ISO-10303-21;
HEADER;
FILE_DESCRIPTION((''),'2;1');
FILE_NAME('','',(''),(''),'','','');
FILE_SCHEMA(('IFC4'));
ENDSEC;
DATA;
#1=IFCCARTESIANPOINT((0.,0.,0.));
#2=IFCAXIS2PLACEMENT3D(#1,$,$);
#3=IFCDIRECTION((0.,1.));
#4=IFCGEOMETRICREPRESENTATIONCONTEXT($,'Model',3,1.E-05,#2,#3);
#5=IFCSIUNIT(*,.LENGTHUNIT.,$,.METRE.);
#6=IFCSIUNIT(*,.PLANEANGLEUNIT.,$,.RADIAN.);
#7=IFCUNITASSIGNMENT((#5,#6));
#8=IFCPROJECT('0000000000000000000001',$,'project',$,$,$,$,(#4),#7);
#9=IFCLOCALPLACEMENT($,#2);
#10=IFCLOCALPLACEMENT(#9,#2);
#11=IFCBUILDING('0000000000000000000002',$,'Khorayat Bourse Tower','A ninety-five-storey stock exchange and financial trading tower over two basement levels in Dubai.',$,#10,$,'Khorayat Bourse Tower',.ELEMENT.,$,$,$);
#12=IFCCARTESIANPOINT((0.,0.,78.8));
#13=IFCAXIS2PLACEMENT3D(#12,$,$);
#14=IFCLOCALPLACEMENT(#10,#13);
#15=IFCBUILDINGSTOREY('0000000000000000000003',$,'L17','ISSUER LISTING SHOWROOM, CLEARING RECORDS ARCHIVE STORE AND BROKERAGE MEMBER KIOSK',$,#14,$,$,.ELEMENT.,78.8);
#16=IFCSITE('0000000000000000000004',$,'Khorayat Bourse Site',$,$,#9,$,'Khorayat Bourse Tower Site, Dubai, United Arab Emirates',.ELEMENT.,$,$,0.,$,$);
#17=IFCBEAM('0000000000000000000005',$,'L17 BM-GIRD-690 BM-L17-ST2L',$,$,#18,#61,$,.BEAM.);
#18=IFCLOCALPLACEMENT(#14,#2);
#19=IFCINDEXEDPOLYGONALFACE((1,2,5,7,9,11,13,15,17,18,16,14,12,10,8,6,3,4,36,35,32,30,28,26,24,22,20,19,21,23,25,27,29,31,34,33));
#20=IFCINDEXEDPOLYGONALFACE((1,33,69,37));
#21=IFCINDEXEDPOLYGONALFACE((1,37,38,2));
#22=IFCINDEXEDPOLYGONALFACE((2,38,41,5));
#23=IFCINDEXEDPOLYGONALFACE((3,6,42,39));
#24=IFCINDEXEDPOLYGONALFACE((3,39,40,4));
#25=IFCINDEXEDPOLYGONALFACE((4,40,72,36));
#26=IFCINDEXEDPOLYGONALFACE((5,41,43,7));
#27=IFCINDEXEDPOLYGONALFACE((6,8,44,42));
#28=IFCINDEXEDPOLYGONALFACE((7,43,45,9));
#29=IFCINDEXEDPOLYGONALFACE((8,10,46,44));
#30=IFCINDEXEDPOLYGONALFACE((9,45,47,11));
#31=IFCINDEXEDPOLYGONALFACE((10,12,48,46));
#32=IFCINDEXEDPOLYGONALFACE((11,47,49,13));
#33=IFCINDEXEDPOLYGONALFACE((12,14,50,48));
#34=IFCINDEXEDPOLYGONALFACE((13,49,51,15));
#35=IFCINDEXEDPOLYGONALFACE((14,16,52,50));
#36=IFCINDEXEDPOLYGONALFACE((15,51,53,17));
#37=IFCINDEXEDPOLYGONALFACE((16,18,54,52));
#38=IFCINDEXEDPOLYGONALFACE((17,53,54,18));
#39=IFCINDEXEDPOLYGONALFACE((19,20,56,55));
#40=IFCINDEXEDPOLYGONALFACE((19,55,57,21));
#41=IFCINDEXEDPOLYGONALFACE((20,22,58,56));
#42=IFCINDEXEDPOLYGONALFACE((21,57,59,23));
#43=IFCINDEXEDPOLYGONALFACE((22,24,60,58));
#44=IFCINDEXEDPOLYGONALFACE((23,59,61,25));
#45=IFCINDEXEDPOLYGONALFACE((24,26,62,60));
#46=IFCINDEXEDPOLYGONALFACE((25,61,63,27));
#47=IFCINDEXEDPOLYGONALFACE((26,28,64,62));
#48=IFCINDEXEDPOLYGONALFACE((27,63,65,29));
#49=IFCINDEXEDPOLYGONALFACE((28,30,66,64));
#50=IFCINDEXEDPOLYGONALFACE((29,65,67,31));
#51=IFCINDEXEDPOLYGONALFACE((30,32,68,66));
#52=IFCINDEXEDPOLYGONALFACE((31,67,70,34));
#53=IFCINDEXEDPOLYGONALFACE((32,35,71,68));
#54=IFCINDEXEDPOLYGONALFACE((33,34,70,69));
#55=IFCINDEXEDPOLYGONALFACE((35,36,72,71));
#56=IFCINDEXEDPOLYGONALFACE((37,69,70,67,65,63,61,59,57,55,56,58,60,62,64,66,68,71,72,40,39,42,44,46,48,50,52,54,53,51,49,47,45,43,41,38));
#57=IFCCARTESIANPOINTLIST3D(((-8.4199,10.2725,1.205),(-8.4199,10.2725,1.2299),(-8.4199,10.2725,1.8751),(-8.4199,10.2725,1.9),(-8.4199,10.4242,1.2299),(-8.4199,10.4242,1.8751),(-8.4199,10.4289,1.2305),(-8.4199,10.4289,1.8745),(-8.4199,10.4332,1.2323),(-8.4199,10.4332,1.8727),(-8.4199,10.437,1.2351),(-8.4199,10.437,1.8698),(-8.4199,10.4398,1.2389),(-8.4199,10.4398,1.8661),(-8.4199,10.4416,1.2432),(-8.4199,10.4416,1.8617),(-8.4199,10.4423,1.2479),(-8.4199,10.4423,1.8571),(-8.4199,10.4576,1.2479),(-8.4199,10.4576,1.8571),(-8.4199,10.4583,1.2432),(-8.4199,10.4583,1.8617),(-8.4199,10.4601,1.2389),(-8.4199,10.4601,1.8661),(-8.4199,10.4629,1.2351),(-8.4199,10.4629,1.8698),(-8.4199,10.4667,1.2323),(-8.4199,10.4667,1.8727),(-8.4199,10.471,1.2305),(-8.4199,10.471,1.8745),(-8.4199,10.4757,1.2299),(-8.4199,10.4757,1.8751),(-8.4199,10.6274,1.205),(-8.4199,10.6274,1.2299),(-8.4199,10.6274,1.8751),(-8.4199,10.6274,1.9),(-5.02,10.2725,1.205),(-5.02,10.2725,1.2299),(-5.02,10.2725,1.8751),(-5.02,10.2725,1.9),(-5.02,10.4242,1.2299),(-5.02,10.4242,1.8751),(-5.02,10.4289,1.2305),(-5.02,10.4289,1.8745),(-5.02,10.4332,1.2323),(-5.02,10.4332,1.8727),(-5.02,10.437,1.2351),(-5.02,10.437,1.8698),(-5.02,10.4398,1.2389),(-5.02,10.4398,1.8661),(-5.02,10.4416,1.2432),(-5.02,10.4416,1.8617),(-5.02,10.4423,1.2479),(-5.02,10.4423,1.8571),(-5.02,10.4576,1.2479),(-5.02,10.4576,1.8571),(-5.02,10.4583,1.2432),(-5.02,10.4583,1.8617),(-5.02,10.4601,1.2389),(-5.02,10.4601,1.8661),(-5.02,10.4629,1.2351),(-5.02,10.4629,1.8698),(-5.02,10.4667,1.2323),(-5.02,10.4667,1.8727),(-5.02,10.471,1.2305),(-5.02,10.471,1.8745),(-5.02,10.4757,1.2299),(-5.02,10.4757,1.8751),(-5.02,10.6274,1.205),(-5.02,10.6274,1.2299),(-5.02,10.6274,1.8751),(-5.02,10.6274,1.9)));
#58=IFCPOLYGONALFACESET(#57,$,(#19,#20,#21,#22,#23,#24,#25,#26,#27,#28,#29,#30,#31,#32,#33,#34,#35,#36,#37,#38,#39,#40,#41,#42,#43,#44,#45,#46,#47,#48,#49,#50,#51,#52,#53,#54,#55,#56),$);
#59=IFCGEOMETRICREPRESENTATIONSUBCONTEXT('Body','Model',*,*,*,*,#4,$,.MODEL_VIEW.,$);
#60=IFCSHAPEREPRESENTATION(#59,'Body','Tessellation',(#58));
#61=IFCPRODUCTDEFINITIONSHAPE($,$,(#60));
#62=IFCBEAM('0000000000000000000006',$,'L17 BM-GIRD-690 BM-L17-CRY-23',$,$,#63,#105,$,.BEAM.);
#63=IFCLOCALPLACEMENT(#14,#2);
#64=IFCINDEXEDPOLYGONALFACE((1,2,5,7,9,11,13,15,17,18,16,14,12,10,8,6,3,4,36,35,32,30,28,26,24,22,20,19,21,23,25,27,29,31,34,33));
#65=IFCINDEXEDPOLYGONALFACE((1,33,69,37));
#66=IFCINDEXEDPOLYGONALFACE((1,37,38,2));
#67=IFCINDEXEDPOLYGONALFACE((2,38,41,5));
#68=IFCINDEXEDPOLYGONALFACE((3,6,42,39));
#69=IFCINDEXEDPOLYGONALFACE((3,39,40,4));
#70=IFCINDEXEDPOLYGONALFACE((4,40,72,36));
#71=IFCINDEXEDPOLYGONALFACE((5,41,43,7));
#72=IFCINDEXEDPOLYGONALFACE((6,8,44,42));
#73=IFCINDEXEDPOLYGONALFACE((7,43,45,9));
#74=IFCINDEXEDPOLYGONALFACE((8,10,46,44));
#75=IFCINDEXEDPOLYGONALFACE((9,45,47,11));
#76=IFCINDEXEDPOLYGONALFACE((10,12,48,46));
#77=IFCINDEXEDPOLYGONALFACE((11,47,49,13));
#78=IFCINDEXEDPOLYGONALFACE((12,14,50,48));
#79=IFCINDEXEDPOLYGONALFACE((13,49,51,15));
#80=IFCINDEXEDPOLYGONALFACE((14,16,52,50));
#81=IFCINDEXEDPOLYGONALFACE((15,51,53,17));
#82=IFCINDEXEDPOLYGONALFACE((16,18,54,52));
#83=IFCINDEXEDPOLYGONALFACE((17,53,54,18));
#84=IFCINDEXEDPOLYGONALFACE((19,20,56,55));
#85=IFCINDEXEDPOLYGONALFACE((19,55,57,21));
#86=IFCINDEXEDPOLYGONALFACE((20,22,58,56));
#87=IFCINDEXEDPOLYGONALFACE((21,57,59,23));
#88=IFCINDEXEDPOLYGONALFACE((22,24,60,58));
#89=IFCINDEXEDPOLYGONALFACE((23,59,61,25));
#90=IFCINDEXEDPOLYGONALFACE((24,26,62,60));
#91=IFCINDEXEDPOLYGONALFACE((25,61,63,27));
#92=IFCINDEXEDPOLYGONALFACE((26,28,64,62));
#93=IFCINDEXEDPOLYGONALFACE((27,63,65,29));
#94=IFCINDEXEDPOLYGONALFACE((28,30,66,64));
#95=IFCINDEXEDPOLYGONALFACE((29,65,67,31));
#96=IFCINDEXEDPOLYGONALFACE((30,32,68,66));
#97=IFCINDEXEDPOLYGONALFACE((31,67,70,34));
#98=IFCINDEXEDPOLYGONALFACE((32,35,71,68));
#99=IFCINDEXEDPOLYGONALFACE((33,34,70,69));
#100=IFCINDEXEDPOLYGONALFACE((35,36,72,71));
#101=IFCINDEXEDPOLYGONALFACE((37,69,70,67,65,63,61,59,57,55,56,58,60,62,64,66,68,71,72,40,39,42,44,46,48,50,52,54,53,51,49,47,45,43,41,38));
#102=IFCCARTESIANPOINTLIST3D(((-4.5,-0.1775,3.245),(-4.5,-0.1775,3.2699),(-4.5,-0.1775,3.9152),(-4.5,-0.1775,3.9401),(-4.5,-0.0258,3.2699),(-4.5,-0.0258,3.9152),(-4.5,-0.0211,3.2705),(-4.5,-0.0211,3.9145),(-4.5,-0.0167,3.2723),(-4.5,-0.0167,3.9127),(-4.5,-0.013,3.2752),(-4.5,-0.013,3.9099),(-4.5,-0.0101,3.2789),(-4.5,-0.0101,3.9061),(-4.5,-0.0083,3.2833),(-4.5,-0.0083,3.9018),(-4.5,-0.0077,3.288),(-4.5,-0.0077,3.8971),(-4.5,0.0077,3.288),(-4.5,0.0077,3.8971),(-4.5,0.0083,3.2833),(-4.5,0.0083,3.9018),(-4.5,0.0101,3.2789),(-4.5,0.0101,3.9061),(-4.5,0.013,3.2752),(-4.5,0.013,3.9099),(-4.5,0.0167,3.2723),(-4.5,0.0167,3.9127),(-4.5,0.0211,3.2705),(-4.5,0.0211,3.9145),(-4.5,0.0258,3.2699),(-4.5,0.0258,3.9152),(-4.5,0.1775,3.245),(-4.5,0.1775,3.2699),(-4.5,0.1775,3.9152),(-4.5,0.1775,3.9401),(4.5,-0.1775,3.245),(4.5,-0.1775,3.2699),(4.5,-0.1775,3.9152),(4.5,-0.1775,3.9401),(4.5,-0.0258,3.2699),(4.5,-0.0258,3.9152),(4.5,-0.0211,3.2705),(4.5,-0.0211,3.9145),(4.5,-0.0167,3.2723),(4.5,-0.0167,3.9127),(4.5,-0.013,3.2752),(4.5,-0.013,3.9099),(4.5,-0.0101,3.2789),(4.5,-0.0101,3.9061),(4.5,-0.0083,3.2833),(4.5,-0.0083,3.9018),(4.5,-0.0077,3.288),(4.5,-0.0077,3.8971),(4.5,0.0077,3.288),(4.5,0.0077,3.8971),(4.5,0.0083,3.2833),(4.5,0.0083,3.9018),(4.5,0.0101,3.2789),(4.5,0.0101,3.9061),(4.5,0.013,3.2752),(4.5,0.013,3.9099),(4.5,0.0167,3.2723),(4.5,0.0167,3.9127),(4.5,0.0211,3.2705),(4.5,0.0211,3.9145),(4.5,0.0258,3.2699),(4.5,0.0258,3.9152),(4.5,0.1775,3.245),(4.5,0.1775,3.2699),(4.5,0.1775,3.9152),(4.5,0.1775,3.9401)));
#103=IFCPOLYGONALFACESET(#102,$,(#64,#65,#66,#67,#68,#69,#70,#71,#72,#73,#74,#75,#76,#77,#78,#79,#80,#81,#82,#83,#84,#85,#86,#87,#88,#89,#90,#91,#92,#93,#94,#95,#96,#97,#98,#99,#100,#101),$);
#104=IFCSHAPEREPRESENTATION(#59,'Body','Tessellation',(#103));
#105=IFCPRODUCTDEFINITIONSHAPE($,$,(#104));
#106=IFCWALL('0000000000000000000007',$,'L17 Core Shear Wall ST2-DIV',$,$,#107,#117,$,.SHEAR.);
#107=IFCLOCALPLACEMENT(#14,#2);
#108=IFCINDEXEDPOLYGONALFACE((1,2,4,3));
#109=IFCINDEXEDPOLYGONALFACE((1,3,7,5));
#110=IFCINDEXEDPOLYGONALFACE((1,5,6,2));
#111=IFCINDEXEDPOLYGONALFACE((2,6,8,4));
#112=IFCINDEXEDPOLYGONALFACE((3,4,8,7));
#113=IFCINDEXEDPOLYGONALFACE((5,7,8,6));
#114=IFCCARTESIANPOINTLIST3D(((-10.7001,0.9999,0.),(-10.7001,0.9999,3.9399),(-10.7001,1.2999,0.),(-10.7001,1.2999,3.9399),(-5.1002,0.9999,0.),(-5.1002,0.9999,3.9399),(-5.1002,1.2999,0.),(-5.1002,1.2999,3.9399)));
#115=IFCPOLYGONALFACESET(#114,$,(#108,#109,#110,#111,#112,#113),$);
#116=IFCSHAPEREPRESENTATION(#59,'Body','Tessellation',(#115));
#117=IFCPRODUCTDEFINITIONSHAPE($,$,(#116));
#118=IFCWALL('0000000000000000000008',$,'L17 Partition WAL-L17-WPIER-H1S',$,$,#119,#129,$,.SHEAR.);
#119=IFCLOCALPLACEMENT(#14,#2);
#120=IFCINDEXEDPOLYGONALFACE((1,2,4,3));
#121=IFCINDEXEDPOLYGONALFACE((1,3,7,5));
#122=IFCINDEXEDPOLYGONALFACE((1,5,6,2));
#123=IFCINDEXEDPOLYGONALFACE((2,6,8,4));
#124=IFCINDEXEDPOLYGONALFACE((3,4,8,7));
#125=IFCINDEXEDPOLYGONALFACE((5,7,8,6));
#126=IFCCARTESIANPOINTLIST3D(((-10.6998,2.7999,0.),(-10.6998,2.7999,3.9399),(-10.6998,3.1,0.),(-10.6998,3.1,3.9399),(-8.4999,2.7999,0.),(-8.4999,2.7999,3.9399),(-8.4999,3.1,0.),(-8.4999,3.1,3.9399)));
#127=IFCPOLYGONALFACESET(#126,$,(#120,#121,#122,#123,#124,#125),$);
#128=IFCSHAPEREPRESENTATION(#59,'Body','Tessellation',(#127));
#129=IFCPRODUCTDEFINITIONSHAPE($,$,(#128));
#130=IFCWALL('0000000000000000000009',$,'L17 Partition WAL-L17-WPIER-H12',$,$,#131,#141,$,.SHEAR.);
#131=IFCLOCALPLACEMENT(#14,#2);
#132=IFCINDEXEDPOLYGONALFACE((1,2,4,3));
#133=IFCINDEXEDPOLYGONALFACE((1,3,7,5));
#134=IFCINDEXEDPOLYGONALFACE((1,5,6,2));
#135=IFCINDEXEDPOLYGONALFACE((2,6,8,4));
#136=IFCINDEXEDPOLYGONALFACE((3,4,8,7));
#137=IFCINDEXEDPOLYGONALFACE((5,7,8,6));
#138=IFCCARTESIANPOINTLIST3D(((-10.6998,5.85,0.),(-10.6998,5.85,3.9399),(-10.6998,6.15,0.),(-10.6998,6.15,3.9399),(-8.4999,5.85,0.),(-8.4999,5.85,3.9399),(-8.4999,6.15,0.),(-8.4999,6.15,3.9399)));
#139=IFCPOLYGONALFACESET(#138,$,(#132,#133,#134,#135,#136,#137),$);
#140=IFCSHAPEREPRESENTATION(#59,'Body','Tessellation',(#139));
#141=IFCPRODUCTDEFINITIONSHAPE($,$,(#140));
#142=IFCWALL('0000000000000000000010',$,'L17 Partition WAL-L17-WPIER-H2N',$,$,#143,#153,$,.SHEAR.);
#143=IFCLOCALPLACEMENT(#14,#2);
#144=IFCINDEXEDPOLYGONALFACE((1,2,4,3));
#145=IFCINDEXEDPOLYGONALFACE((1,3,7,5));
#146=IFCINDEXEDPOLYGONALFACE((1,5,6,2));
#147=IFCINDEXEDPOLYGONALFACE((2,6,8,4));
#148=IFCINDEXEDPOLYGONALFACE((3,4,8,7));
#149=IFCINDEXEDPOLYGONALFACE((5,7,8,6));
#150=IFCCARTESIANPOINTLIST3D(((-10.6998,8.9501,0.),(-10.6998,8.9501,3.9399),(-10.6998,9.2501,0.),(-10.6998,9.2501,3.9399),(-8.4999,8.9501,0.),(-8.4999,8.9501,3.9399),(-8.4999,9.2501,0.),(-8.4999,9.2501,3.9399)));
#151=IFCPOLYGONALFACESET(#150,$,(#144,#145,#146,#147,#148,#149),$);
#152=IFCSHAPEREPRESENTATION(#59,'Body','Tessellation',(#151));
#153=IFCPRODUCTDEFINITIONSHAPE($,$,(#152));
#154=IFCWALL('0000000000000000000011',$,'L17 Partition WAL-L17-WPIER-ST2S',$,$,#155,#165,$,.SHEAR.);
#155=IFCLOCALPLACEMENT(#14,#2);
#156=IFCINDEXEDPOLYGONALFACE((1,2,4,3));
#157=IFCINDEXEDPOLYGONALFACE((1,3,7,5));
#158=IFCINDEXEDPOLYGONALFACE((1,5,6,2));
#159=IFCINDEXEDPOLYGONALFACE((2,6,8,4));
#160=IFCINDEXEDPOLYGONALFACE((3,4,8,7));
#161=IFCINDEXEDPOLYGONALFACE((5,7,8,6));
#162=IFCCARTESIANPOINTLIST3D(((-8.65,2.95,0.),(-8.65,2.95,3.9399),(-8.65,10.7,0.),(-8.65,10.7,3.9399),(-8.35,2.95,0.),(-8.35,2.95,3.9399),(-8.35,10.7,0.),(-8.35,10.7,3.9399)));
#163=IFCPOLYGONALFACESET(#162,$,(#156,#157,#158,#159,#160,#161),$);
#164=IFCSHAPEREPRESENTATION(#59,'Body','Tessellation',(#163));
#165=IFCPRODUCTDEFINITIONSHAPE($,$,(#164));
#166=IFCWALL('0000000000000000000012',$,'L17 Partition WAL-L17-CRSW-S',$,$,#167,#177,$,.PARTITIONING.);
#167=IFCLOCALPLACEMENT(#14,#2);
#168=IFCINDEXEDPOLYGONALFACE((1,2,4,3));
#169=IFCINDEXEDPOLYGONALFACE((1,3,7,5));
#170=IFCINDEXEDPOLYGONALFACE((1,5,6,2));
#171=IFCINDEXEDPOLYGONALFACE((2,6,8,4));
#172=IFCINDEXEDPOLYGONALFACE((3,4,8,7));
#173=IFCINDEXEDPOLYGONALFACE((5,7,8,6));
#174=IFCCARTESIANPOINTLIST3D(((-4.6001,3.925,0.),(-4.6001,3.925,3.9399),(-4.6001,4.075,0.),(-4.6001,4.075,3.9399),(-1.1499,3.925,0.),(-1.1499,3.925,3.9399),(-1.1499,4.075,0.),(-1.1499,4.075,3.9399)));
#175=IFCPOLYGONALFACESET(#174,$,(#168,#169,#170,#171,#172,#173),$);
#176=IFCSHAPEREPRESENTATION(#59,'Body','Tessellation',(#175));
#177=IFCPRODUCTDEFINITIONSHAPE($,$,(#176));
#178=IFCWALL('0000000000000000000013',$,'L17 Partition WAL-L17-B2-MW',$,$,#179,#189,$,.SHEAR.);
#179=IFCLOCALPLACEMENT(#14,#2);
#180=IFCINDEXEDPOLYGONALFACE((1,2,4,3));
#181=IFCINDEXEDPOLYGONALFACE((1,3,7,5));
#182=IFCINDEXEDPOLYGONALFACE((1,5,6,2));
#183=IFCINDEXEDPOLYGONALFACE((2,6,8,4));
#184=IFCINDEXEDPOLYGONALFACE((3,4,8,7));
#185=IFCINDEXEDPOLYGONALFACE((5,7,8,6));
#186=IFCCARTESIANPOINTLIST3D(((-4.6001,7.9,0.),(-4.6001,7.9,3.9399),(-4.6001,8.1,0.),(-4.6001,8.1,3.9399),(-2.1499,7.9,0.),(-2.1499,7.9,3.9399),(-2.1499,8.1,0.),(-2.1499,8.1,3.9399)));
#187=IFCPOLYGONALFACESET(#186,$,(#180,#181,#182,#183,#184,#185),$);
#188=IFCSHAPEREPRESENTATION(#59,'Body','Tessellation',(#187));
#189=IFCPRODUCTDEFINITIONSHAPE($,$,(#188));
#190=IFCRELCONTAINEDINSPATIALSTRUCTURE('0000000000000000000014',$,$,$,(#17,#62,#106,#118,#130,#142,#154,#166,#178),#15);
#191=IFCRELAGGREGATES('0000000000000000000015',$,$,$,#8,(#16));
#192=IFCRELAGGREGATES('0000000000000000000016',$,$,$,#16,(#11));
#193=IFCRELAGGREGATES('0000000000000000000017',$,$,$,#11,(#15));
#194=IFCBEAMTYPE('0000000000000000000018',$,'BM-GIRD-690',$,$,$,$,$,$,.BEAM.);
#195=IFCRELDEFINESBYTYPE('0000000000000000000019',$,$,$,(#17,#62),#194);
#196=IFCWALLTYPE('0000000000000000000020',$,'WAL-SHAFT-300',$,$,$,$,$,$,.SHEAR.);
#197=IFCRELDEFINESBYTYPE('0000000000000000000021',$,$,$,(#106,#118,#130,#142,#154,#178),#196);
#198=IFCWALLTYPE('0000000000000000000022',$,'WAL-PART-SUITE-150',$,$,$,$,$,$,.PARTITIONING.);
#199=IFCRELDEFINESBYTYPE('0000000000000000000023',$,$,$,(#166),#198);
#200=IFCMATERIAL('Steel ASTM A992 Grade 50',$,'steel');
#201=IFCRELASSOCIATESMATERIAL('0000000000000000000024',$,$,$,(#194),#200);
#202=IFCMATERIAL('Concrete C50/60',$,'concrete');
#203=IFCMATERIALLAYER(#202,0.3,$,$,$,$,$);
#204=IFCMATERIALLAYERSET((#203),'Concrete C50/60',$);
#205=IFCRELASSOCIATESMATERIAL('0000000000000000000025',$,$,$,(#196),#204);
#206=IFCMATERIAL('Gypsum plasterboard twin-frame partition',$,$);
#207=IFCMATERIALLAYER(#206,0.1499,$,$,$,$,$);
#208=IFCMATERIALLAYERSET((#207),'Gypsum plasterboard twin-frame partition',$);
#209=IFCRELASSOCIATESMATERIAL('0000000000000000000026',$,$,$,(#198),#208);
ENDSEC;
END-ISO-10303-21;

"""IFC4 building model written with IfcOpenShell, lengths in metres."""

from ifc_helpers import new_model, si_unit, direction, frame, frame_2d, origin, origin_2d, place, context, subcontext, project, spatial, rectangle, i_section, extrude, source, transform, mapped, material, layer, layer_set, material_profile, profile_set, type_object, element, save


model = new_model("IFC4")

# Units and contexts
model_context = context("Model", 3, precision=1e-05, world=origin(), true_north=direction((0.0, 1.0)))
body_context = subcontext(model_context, "Body", "Model", "MODEL_VIEW")
ifc_project = project(units=[si_unit("LENGTHUNIT", "METRE"), si_unit("PLANEANGLEUNIT", "RADIAN")], contexts=[model_context])

# Site, building, storey
site_placement = place(None, origin())
site = spatial("IfcSite", under=ifc_project, at=site_placement, Name="Khorayat Bourse Site", LongName="Khorayat Bourse Tower Site, Dubai, United Arab Emirates", CompositionType="ELEMENT", RefElevation=0.0)
building_placement = place(site_placement, origin())
building = spatial("IfcBuilding", under=site, at=building_placement, Name="Khorayat Bourse Tower", Description="A ninety-five-storey stock exchange and financial trading tower over two basement levels in Dubai.", LongName="Khorayat Bourse Tower", CompositionType="ELEMENT")
storey_placement = place(building_placement, frame((0.0, 0.0, 78.8)))
storey = spatial("IfcBuildingStorey", under=building, at=storey_placement, Name="L17", Description="ISSUER LISTING SHOWROOM, CLEARING RECORDS ARCHIVE STORE AND BROKERAGE MEMBER KIOSK", CompositionType="ELEMENT", Elevation=78.8)

# Beams
ifc_material_1 = material(Name="Steel ASTM A992 Grade 50", Category="steel")
ifc_material_profile_1 = material_profile(ifc_material_1, i_section(OverallWidth=0.355, OverallDepth=0.6951, WebThickness=0.0154, FlangeThickness=0.0249, FilletRadius=0.0181, at=origin_2d()), Name="W690X217")
ifc_profile_set_1 = profile_set([ifc_material_profile_1], Name="Steel ASTM A992 Grade 50")
beam_type_1 = type_object("IfcBeamType", Name="BM-GIRD-690", PredefinedType="BEAM", material=ifc_profile_set_1)
shared_shape_1 = source(origin(), body_context, "Body", "SweptSolid", [
    extrude(i_section(OverallWidth=0.355, OverallDepth=0.6951, WebThickness=0.0154, FlangeThickness=0.0249, FilletRadius=0.0181, at=origin_2d()), origin(), (0.0, 0.0, 1.0), 3.3999),
])
beam_1_placement = place(storey_placement, frame((-8.4199, 10.45, 1.5525), z_axis=(1.0, 0.0, 0.0), x_axis=(0.0, 1.0, 0.0)))
element("IfcBeam", 1, at=beam_1_placement, inside=storey, type_object=beam_type_1, Name="L17 BM-GIRD-690 BM-L17-ST2L", PredefinedType="BEAM", context=body_context, shape_type="MappedRepresentation", body=[
    mapped(shared_shape_1, transform((0.0, 0.0, 0.0), scale=1.0)),
])
shared_shape_2 = source(origin(), body_context, "Body", "SweptSolid", [
    extrude(i_section(OverallWidth=0.355, OverallDepth=0.6951, WebThickness=0.0154, FlangeThickness=0.0249, FilletRadius=0.0181, at=origin_2d()), origin(), (0.0, 0.0, 1.0), 9.0),
])
beam_2_placement = place(storey_placement, frame((-4.5, 0.0, 3.5925), z_axis=(1.0, 0.0, 0.0), x_axis=(0.0, 1.0, 0.0)))
element("IfcBeam", 2, at=beam_2_placement, inside=storey, type_object=beam_type_1, Name="L17 BM-GIRD-690 BM-L17-CRY-23", PredefinedType="BEAM", context=body_context, shape_type="MappedRepresentation", body=[
    mapped(shared_shape_2, transform((0.0, 0.0, 0.0), scale=1.0)),
])

# Walls
ifc_material_2 = material(Name="Concrete C50/60", Category="concrete")
ifc_layer_1 = layer(ifc_material_2, 0.3)
ifc_layer_set_1 = layer_set([ifc_layer_1], Name="Concrete C50/60")
wall_type_1 = type_object("IfcWallType", Name="WAL-SHAFT-300", PredefinedType="SHEAR", material=ifc_layer_set_1)
shared_shape_3 = source(origin(), body_context, "Body", "SweptSolid", [
    extrude(rectangle(XDim=5.5999, YDim=0.3, at=frame_2d((2.7998, 0.0))), origin(), (0.0, 0.0, 1.0), 3.9399),
])
wall_1_placement = place(storey_placement, frame((-10.7, 1.1499, 0.0), z_axis=(0.0, 0.0, 1.0), x_axis=(1.0, 0.0, 0.0)))
element("IfcWall", 3, at=wall_1_placement, inside=storey, type_object=wall_type_1, Name="L17 Core Shear Wall ST2-DIV", PredefinedType="SHEAR", context=body_context, shape_type="MappedRepresentation", body=[
    mapped(shared_shape_3, transform((0.0, 0.0, 0.0), scale=1.0)),
])
shared_shape_4 = source(origin(), body_context, "Body", "SweptSolid", [
    extrude(rectangle(XDim=2.2, YDim=0.3, at=frame_2d((1.1001, 0.0))), origin(), (0.0, 0.0, 1.0), 3.9399),
])
for number, where, z_axis, x_axis, name in (
    (4, (-10.7, 2.95, 0.0), (0.0, 0.0, 1.0), (1.0, 0.0, 0.0), "L17 Partition WAL-L17-WPIER-H1S"),
    (5, (-10.7, 6.0, 0.0), (0.0, 0.0, 1.0), (1.0, 0.0, 0.0), "L17 Partition WAL-L17-WPIER-H12"),
    (6, (-10.7, 9.1001, 0.0), (0.0, 0.0, 1.0), (1.0, 0.0, 0.0), "L17 Partition WAL-L17-WPIER-H2N"),
):
    element("IfcWall", number, at=place(storey_placement, frame(where, z_axis=z_axis, x_axis=x_axis)), inside=storey, type_object=wall_type_1, Name=name, PredefinedType="SHEAR", context=body_context, shape_type="MappedRepresentation", body=[
        mapped(shared_shape_4, transform((0.0, 0.0, 0.0), scale=1.0)),
    ])
shared_shape_5 = source(origin(), body_context, "Body", "SweptSolid", [
    extrude(rectangle(XDim=7.75, YDim=0.3, at=frame_2d((3.875, 0.0))), origin(), (0.0, 0.0, 1.0), 3.9399),
])
wall_2_placement = place(storey_placement, frame((-8.5, 2.95, 0.0), z_axis=(0.0, 0.0, 1.0), x_axis=(0.0, 1.0, 0.0)))
element("IfcWall", 7, at=wall_2_placement, inside=storey, type_object=wall_type_1, Name="L17 Partition WAL-L17-WPIER-ST2S", PredefinedType="SHEAR", context=body_context, shape_type="MappedRepresentation", body=[
    mapped(shared_shape_5, transform((0.0, 0.0, 0.0), scale=1.0)),
])
ifc_material_3 = material(Name="Gypsum plasterboard twin-frame partition")
ifc_layer_2 = layer(ifc_material_3, 0.1499)
ifc_layer_set_2 = layer_set([ifc_layer_2], Name="Gypsum plasterboard twin-frame partition")
wall_type_2 = type_object("IfcWallType", Name="WAL-PART-SUITE-150", PredefinedType="PARTITIONING", material=ifc_layer_set_2)
shared_shape_6 = source(origin(), body_context, "Body", "SweptSolid", [
    extrude(rectangle(XDim=3.4502, YDim=0.1499, at=frame_2d((1.7251, 0.0))), origin(), (0.0, 0.0, 1.0), 3.9399),
])
wall_3_placement = place(storey_placement, frame((-4.6001, 4.0, 0.0), z_axis=(0.0, 0.0, 1.0), x_axis=(1.0, 0.0, 0.0)))
element("IfcWall", 8, at=wall_3_placement, inside=storey, type_object=wall_type_2, Name="L17 Partition WAL-L17-CRSW-S", PredefinedType="PARTITIONING", context=body_context, shape_type="MappedRepresentation", body=[
    mapped(shared_shape_6, transform((0.0, 0.0, 0.0), scale=1.0)),
])
shared_shape_7 = source(origin(), body_context, "Body", "SweptSolid", [
    extrude(rectangle(XDim=2.4502, YDim=0.2, at=frame_2d((1.2251, 0.0))), origin(), (0.0, 0.0, 1.0), 3.9399),
])
wall_4_placement = place(storey_placement, frame((-4.6001, 8.0, 0.0), z_axis=(0.0, 0.0, 1.0), x_axis=(1.0, 0.0, 0.0)))
element("IfcWall", 9, at=wall_4_placement, inside=storey, type_object=wall_type_1, Name="L17 Partition WAL-L17-B2-MW", PredefinedType="SHEAR", context=body_context, shape_type="MappedRepresentation", body=[
    mapped(shared_shape_7, transform((0.0, 0.0, 0.0), scale=1.0)),
])

save(model, "model.ifc")
